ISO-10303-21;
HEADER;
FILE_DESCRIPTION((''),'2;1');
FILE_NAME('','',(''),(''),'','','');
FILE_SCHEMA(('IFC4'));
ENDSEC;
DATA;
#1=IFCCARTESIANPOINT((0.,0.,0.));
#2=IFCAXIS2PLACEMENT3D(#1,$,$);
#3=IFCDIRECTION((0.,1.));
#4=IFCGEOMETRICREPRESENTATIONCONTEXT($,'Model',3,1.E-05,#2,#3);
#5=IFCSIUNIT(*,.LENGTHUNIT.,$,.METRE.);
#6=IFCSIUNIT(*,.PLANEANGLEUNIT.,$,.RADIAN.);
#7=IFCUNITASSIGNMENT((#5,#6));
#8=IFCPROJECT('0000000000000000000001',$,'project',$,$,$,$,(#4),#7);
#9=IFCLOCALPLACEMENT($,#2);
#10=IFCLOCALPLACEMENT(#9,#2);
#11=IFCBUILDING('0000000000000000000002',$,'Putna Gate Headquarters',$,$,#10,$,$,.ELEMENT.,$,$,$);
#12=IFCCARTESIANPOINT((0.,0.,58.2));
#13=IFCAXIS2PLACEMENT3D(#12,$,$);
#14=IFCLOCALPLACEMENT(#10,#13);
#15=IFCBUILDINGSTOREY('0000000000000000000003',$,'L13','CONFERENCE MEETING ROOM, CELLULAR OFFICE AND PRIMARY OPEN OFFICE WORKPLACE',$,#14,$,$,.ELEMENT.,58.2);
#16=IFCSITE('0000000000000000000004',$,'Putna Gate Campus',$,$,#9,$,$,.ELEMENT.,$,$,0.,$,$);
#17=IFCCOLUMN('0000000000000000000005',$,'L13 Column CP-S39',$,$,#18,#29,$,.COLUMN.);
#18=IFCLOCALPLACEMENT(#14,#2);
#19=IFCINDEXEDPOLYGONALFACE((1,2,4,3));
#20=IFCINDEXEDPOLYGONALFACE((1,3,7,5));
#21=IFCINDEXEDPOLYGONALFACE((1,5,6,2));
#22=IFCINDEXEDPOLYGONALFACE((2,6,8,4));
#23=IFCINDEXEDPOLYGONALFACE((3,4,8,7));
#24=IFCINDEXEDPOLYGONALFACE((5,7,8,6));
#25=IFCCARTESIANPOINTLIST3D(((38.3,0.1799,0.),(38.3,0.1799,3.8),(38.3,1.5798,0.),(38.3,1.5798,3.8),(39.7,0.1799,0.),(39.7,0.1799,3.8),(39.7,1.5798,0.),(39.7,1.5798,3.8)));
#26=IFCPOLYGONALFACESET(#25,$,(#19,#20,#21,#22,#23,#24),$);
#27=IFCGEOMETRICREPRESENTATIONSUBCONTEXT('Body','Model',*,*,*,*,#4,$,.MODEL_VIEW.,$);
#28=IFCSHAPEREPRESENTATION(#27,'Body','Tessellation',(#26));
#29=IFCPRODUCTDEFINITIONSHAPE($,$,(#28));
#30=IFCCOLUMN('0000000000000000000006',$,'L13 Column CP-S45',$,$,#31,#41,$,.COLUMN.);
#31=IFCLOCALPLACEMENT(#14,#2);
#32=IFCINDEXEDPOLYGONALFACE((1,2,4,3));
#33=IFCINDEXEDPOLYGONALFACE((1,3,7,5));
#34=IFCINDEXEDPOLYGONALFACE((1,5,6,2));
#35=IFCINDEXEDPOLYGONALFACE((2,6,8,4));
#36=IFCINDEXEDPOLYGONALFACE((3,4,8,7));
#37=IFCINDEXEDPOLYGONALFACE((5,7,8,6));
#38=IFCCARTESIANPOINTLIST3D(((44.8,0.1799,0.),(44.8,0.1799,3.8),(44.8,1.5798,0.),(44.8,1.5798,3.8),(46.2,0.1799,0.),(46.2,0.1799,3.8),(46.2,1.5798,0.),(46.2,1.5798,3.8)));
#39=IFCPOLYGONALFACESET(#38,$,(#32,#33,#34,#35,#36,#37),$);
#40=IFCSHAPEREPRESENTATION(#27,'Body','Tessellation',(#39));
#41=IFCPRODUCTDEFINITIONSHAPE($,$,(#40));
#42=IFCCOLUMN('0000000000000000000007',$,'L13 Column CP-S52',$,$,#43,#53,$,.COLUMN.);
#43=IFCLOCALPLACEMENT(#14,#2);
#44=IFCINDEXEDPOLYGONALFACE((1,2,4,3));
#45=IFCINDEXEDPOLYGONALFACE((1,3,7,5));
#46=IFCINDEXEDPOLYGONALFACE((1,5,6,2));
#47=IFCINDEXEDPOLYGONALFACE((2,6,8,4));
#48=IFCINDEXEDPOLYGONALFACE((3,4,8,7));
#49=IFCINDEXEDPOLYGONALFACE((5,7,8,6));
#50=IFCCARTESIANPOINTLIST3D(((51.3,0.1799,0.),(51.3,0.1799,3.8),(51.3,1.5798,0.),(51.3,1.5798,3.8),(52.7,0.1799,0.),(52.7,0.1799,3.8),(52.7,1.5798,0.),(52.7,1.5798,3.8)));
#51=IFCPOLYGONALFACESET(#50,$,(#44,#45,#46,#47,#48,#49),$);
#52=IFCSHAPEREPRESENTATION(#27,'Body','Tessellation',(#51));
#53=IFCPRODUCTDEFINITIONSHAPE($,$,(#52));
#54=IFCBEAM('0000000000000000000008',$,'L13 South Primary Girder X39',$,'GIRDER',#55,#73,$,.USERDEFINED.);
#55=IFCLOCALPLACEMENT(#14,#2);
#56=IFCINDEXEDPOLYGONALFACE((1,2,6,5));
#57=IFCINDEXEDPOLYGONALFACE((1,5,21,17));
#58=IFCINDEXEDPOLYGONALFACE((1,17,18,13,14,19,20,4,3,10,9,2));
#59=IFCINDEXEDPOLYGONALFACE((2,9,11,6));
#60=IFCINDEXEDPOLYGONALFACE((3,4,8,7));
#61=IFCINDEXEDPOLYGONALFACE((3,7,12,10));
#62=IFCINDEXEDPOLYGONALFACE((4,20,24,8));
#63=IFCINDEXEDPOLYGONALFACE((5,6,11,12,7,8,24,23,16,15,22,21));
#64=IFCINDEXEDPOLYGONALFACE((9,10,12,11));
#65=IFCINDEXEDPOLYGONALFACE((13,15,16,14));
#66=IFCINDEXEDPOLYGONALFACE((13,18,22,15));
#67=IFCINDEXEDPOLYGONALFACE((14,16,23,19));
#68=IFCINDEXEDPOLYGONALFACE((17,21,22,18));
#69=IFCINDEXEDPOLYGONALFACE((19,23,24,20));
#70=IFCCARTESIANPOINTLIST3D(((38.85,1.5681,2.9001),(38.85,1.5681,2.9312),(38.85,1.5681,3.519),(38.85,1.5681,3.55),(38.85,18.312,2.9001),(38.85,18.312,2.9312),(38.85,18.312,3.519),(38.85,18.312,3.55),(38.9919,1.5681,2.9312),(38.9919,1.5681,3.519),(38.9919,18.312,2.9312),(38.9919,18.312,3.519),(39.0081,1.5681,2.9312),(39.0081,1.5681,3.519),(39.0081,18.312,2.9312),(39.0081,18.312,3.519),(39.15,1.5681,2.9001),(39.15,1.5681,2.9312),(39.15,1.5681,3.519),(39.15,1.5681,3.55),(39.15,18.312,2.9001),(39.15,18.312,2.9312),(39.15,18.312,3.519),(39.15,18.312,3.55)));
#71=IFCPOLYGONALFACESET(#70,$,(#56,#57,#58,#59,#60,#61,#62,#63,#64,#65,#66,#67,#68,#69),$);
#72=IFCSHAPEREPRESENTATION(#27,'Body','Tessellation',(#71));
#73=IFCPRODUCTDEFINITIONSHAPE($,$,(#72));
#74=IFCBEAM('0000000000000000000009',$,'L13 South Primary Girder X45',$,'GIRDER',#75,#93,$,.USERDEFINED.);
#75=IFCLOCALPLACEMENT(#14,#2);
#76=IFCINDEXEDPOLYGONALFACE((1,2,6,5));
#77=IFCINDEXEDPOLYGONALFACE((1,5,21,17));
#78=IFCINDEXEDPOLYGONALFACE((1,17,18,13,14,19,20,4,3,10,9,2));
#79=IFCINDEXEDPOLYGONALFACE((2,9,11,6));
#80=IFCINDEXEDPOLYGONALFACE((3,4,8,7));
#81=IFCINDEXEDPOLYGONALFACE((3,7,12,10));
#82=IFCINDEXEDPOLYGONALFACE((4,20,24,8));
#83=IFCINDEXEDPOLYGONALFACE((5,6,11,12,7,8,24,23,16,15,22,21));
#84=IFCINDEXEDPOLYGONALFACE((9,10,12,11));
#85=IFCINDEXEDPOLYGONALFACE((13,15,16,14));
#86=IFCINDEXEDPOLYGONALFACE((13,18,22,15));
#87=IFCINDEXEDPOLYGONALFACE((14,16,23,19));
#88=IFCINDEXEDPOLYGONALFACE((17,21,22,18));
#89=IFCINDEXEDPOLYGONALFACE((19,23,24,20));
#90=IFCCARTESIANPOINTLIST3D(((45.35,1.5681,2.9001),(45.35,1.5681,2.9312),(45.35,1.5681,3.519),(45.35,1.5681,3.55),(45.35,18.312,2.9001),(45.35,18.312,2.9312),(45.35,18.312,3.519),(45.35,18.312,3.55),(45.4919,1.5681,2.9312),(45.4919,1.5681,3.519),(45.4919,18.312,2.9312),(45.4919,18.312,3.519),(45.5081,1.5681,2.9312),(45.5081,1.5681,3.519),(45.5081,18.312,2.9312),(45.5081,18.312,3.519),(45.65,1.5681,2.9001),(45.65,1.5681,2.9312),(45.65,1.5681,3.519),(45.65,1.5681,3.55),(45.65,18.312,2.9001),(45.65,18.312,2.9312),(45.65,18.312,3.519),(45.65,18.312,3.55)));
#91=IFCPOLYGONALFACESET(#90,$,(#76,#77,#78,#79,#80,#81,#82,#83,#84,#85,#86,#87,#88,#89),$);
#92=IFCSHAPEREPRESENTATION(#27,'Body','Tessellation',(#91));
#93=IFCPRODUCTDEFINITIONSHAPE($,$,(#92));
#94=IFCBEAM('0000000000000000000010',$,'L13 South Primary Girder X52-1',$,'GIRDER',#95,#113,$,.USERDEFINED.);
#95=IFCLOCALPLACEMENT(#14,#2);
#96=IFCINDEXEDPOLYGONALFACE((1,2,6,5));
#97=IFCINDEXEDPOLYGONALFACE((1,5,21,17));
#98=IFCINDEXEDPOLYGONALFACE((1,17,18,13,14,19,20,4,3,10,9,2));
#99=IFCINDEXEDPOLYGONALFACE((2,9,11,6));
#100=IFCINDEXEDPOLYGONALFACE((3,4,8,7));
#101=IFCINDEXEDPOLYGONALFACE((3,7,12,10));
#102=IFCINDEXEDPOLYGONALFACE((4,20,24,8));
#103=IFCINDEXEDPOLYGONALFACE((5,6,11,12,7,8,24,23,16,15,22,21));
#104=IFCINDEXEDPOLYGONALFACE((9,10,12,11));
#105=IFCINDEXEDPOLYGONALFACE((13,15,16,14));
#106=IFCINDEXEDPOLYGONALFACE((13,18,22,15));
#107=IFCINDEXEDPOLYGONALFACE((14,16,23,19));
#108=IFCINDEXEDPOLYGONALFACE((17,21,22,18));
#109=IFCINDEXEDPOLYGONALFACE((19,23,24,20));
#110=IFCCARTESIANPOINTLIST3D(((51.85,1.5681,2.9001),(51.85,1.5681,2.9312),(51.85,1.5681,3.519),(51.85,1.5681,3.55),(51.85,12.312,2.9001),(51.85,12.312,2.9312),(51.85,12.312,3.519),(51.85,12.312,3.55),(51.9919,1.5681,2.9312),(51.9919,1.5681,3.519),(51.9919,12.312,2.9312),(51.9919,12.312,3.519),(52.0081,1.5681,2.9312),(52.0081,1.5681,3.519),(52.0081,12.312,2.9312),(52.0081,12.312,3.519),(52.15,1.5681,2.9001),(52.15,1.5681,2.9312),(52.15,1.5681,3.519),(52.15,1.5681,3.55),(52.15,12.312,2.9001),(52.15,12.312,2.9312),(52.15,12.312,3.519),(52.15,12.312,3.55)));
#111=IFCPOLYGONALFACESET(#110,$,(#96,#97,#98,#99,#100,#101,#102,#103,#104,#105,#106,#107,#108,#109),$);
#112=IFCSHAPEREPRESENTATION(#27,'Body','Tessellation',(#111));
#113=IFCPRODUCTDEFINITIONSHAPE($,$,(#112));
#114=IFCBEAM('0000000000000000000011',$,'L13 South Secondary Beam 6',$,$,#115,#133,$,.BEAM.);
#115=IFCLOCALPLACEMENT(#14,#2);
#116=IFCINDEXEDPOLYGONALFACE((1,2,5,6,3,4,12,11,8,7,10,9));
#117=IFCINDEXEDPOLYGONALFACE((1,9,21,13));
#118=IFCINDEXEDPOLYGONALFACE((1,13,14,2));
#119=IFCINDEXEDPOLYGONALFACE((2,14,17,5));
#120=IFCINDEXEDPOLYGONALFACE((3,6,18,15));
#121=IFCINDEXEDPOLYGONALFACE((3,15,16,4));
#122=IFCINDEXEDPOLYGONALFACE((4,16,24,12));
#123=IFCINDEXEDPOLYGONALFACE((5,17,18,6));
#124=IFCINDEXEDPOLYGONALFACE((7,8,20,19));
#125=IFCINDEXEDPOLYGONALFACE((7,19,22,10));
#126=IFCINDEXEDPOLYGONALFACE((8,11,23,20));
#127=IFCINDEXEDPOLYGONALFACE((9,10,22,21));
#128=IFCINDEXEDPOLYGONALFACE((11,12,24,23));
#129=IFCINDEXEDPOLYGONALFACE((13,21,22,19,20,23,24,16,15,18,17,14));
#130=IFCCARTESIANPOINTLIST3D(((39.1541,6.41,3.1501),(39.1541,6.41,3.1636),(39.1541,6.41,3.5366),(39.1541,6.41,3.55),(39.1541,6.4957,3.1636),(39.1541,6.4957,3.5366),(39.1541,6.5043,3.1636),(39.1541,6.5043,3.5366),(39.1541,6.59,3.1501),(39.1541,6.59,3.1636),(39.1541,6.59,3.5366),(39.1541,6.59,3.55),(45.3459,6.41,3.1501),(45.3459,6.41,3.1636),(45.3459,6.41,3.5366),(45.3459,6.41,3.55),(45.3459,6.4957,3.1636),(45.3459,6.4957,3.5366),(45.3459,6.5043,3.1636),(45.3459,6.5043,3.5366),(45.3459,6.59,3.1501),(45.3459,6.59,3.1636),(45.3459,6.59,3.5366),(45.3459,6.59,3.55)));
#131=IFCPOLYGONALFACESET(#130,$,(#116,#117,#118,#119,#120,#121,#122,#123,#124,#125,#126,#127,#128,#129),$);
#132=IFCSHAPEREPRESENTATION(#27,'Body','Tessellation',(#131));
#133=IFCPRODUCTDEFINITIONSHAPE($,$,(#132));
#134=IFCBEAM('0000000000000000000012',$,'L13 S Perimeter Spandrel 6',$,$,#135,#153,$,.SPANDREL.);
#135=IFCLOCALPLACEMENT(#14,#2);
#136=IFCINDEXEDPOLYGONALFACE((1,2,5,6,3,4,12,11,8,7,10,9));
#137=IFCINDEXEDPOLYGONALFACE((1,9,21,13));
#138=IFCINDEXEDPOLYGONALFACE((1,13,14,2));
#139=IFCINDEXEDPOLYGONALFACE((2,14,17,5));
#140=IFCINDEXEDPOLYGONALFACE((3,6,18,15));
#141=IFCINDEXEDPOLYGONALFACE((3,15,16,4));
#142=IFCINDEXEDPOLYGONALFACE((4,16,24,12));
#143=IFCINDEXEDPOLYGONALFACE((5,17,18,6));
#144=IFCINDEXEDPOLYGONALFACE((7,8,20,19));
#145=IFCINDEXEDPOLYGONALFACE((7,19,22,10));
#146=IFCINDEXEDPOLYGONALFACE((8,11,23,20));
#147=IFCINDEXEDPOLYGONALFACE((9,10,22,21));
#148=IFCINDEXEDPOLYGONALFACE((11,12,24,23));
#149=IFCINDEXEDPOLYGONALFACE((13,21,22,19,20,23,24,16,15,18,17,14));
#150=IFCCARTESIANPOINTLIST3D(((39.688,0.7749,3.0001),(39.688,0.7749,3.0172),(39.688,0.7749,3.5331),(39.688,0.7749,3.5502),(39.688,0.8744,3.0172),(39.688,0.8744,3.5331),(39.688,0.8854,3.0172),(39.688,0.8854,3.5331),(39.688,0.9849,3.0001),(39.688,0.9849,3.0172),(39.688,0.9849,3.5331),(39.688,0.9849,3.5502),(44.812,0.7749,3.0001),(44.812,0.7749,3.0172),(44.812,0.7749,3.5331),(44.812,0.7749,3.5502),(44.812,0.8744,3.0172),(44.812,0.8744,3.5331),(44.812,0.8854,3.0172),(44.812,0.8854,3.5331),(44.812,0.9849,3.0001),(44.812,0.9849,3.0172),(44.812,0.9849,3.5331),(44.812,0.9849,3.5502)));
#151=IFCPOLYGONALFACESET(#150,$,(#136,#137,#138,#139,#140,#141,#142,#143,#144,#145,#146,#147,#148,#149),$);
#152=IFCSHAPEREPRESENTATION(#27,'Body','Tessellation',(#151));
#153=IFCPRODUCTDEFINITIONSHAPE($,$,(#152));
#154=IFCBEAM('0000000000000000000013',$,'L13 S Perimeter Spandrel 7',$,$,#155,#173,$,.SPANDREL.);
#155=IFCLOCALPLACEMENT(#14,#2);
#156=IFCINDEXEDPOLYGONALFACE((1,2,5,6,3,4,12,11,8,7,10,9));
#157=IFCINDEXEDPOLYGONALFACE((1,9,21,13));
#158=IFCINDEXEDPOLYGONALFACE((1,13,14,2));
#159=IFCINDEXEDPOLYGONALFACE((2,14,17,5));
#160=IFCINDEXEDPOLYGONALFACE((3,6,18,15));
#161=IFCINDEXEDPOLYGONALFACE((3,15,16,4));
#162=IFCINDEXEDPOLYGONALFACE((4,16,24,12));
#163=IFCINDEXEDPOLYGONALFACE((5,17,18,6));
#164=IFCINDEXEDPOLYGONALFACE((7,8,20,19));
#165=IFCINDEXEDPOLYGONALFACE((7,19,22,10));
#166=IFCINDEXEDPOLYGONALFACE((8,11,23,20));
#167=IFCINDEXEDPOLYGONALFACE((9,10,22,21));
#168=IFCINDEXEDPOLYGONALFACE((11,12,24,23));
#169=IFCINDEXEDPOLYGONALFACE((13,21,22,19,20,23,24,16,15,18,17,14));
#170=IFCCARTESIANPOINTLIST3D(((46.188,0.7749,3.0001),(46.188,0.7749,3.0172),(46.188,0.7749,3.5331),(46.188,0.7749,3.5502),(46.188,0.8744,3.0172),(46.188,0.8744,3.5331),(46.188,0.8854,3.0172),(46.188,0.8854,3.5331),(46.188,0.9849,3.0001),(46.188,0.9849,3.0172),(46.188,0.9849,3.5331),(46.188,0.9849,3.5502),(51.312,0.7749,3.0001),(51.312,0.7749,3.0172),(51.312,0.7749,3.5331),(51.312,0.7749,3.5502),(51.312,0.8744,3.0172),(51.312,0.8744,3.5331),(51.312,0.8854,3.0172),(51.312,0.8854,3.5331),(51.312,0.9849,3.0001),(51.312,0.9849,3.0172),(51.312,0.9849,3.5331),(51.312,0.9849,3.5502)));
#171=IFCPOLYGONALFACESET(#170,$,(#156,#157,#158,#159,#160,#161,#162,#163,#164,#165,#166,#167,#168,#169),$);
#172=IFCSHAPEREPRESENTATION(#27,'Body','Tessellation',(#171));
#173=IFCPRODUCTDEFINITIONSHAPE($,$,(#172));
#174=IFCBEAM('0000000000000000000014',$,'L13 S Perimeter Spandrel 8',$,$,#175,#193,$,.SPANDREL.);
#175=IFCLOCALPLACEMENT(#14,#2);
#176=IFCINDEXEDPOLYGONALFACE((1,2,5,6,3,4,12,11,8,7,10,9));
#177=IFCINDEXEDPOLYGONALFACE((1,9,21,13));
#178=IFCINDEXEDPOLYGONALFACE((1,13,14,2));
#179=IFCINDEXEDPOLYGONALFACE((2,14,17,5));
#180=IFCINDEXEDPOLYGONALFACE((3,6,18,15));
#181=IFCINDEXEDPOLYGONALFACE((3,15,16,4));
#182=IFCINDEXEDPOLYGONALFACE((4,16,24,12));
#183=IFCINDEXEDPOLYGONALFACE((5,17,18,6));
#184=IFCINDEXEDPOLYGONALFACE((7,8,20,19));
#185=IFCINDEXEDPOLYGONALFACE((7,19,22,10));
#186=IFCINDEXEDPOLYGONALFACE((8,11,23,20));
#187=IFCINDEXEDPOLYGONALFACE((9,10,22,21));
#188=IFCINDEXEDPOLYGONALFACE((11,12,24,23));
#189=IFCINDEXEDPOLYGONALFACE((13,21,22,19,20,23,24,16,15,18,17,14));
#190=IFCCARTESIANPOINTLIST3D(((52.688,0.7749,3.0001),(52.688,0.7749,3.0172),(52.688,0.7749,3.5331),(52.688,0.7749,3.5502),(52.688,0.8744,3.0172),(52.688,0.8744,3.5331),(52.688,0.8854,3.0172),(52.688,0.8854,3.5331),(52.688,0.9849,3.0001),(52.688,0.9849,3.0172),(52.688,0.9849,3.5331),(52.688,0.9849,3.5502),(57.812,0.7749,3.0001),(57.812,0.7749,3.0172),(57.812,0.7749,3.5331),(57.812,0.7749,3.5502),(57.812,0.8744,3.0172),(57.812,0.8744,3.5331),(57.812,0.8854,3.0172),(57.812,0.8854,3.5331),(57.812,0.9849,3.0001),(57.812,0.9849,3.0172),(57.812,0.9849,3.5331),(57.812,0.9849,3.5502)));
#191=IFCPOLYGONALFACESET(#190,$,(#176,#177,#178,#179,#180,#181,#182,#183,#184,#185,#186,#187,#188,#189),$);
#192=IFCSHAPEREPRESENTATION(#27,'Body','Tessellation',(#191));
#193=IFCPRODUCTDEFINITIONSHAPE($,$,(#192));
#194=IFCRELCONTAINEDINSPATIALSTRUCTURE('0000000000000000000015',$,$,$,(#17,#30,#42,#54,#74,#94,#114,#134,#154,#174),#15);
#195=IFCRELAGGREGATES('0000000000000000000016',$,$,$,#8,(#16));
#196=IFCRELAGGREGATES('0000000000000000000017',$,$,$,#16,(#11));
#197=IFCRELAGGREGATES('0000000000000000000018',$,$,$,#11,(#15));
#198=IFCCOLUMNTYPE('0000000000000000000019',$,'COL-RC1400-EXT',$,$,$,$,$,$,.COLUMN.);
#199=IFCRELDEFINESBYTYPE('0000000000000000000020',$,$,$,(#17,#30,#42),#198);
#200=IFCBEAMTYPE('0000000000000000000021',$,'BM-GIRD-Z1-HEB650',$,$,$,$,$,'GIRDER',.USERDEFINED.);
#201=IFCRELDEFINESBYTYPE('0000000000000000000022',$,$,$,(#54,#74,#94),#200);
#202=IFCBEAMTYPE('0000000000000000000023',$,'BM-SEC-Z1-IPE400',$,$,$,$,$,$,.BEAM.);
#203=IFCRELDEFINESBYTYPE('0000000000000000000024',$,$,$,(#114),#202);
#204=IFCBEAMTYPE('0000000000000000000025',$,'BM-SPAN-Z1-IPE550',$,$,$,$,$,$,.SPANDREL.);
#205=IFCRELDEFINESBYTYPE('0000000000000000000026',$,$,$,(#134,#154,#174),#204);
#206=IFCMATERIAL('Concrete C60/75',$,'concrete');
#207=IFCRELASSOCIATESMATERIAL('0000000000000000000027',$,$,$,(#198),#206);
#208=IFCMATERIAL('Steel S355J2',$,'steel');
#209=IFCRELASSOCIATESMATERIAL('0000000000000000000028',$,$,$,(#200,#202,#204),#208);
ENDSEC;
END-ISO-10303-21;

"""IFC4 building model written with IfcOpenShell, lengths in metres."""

from ifc_helpers import new_model, si_unit, direction, frame, origin, origin_2d, place, context, subcontext, project, spatial, rectangle, i_section, extrude, material, material_profile, profile_set, type_object, element, save


model = new_model("IFC4")

# Units and contexts
model_context = context("Model", 3, precision=1e-05, world=origin(), true_north=direction((0.0, 1.0)))
body_context = subcontext(model_context, "Body", "Model", "MODEL_VIEW")
ifc_project = project(units=[si_unit("LENGTHUNIT", "METRE"), si_unit("PLANEANGLEUNIT", "RADIAN")], contexts=[model_context])

# Site, building, storey
site_placement = place(None, origin())
site = spatial("IfcSite", under=ifc_project, at=site_placement, Name="Putna Gate Campus", CompositionType="ELEMENT", RefElevation=0.0)
building_placement = place(site_placement, origin())
building = spatial("IfcBuilding", under=site, at=building_placement, Name="Putna Gate Headquarters", CompositionType="ELEMENT")
storey_placement = place(building_placement, frame((0.0, 0.0, 58.2)))
storey = spatial("IfcBuildingStorey", under=building, at=storey_placement, Name="L13", Description="CONFERENCE MEETING ROOM, CELLULAR OFFICE AND PRIMARY OPEN OFFICE WORKPLACE", CompositionType="ELEMENT", Elevation=58.2)

# Columns
ifc_material_1 = material(Name="Concrete C60/75", Category="concrete")
ifc_material_profile_1 = material_profile(ifc_material_1, rectangle(XDim=1.3999, YDim=1.3999, at=origin_2d()), Name="Concrete C60/75")
ifc_profile_set_1 = profile_set([ifc_material_profile_1], Name="Concrete C60/75")
column_type = type_object("IfcColumnType", Name="COL-RC1400-EXT", PredefinedType="COLUMN", material=ifc_profile_set_1)
for number, where, z_axis, x_axis, name in (
    (1, (39.0, 0.8799, 0.0), (0.0, 0.0, 1.0), (1.0, 0.0, 0.0), "L13 Column CP-S39"),
    (2, (45.5, 0.8799, 0.0), (0.0, 0.0, 1.0), (1.0, 0.0, 0.0), "L13 Column CP-S45"),
    (3, (52.0, 0.8799, 0.0), (0.0, 0.0, 1.0), (1.0, 0.0, 0.0), "L13 Column CP-S52"),
):
    element("IfcColumn", number, at=place(storey_placement, frame(where, z_axis=z_axis, x_axis=x_axis)), inside=storey, type_object=column_type, Name=name, PredefinedType="COLUMN", context=body_context, shape_type="SweptSolid", body=[
        extrude(rectangle(XDim=1.3999, YDim=1.3999, at=origin_2d()), origin(), (0.0, 0.0, 1.0), 3.8),
    ])

# Beams
ifc_material_2 = material(Name="Steel S355J2", Category="steel")
ifc_material_profile_2 = material_profile(ifc_material_2, i_section(OverallWidth=0.3, OverallDepth=0.6499, WebThickness=0.0161, FlangeThickness=0.031, at=origin_2d()), Name="Steel S355J2")
ifc_profile_set_2 = profile_set([ifc_material_profile_2], Name="Steel S355J2")
beam_type_1 = type_object("IfcBeamType", Name="BM-GIRD-Z1-HEB650", ElementType="GIRDER", PredefinedType="USERDEFINED", material=ifc_profile_set_2)
for number, where, z_axis, x_axis, name in (
    (4, (39.0, 1.5681, 3.2251), (0.0, 1.0, 0.0), (-1.0, 0.0, 0.0), "L13 South Primary Girder X39"),
    (5, (45.5, 1.5681, 3.2251), (0.0, 1.0, 0.0), (-1.0, 0.0, 0.0), "L13 South Primary Girder X45"),
):
    element("IfcBeam", number, at=place(storey_placement, frame(where, z_axis=z_axis, x_axis=x_axis)), inside=storey, type_object=beam_type_1, Name=name, ObjectType="GIRDER", PredefinedType="USERDEFINED", context=body_context, shape_type="SweptSolid", body=[
        extrude(i_section(OverallWidth=0.3, OverallDepth=0.6499, WebThickness=0.0161, FlangeThickness=0.031, at=origin_2d()), origin(), (0.0, 0.0, 1.0), 16.7439),
    ])
beam_1_placement = place(storey_placement, frame((52.0, 1.5681, 3.2251), z_axis=(0.0, 1.0, 0.0), x_axis=(-1.0, 0.0, 0.0)))
element("IfcBeam", 6, at=beam_1_placement, inside=storey, type_object=beam_type_1, Name="L13 South Primary Girder X52-1", ObjectType="GIRDER", PredefinedType="USERDEFINED", context=body_context, shape_type="SweptSolid", body=[
    extrude(i_section(OverallWidth=0.3, OverallDepth=0.6499, WebThickness=0.0161, FlangeThickness=0.031, at=origin_2d()), origin(), (0.0, 0.0, 1.0), 10.7439),
])
ifc_material_profile_3 = material_profile(ifc_material_2, i_section(OverallWidth=0.1799, OverallDepth=0.3999, WebThickness=0.0085, FlangeThickness=0.0134, at=origin_2d()), Name="Steel S355J2")
ifc_profile_set_3 = profile_set([ifc_material_profile_3], Name="Steel S355J2")
beam_type_2 = type_object("IfcBeamType", Name="BM-SEC-Z1-IPE400", PredefinedType="BEAM", material=ifc_profile_set_3)
beam_2_placement = place(storey_placement, frame((39.1541, 6.5, 3.3501), z_axis=(1.0, 0.0, 0.0), x_axis=(0.0, 1.0, 0.0)))
element("IfcBeam", 7, at=beam_2_placement, inside=storey, type_object=beam_type_2, Name="L13 South Secondary Beam 6", PredefinedType="BEAM", context=body_context, shape_type="SweptSolid", body=[
    extrude(i_section(OverallWidth=0.1799, OverallDepth=0.3999, WebThickness=0.0085, FlangeThickness=0.0134, at=origin_2d()), origin(), (0.0, 0.0, 1.0), 6.1919),
])
ifc_material_profile_4 = material_profile(ifc_material_2, i_section(OverallWidth=0.21, OverallDepth=0.55, WebThickness=0.011, FlangeThickness=0.0171, at=origin_2d()), Name="Steel S355J2")
ifc_profile_set_4 = profile_set([ifc_material_profile_4], Name="Steel S355J2")
beam_type_3 = type_object("IfcBeamType", Name="BM-SPAN-Z1-IPE550", PredefinedType="SPANDREL", material=ifc_profile_set_4)
for number, where, z_axis, x_axis, name in (
    (8, (39.688, 0.8799, 3.2751), (1.0, 0.0, 0.0), (0.0, 1.0, 0.0), "L13 S Perimeter Spandrel 6"),
    (9, (46.188, 0.8799, 3.2751), (1.0, 0.0, 0.0), (0.0, 1.0, 0.0), "L13 S Perimeter Spandrel 7"),
    (10, (52.688, 0.8799, 3.2751), (1.0, 0.0, 0.0), (0.0, 1.0, 0.0), "L13 S Perimeter Spandrel 8"),
):
    element("IfcBeam", number, at=place(storey_placement, frame(where, z_axis=z_axis, x_axis=x_axis)), inside=storey, type_object=beam_type_3, Name=name, PredefinedType="SPANDREL", context=body_context, shape_type="SweptSolid", body=[
        extrude(i_section(OverallWidth=0.21, OverallDepth=0.55, WebThickness=0.011, FlangeThickness=0.0171, at=origin_2d()), origin(), (0.0, 0.0, 1.0), 5.124),
    ])

save(model, "model.ifc")
